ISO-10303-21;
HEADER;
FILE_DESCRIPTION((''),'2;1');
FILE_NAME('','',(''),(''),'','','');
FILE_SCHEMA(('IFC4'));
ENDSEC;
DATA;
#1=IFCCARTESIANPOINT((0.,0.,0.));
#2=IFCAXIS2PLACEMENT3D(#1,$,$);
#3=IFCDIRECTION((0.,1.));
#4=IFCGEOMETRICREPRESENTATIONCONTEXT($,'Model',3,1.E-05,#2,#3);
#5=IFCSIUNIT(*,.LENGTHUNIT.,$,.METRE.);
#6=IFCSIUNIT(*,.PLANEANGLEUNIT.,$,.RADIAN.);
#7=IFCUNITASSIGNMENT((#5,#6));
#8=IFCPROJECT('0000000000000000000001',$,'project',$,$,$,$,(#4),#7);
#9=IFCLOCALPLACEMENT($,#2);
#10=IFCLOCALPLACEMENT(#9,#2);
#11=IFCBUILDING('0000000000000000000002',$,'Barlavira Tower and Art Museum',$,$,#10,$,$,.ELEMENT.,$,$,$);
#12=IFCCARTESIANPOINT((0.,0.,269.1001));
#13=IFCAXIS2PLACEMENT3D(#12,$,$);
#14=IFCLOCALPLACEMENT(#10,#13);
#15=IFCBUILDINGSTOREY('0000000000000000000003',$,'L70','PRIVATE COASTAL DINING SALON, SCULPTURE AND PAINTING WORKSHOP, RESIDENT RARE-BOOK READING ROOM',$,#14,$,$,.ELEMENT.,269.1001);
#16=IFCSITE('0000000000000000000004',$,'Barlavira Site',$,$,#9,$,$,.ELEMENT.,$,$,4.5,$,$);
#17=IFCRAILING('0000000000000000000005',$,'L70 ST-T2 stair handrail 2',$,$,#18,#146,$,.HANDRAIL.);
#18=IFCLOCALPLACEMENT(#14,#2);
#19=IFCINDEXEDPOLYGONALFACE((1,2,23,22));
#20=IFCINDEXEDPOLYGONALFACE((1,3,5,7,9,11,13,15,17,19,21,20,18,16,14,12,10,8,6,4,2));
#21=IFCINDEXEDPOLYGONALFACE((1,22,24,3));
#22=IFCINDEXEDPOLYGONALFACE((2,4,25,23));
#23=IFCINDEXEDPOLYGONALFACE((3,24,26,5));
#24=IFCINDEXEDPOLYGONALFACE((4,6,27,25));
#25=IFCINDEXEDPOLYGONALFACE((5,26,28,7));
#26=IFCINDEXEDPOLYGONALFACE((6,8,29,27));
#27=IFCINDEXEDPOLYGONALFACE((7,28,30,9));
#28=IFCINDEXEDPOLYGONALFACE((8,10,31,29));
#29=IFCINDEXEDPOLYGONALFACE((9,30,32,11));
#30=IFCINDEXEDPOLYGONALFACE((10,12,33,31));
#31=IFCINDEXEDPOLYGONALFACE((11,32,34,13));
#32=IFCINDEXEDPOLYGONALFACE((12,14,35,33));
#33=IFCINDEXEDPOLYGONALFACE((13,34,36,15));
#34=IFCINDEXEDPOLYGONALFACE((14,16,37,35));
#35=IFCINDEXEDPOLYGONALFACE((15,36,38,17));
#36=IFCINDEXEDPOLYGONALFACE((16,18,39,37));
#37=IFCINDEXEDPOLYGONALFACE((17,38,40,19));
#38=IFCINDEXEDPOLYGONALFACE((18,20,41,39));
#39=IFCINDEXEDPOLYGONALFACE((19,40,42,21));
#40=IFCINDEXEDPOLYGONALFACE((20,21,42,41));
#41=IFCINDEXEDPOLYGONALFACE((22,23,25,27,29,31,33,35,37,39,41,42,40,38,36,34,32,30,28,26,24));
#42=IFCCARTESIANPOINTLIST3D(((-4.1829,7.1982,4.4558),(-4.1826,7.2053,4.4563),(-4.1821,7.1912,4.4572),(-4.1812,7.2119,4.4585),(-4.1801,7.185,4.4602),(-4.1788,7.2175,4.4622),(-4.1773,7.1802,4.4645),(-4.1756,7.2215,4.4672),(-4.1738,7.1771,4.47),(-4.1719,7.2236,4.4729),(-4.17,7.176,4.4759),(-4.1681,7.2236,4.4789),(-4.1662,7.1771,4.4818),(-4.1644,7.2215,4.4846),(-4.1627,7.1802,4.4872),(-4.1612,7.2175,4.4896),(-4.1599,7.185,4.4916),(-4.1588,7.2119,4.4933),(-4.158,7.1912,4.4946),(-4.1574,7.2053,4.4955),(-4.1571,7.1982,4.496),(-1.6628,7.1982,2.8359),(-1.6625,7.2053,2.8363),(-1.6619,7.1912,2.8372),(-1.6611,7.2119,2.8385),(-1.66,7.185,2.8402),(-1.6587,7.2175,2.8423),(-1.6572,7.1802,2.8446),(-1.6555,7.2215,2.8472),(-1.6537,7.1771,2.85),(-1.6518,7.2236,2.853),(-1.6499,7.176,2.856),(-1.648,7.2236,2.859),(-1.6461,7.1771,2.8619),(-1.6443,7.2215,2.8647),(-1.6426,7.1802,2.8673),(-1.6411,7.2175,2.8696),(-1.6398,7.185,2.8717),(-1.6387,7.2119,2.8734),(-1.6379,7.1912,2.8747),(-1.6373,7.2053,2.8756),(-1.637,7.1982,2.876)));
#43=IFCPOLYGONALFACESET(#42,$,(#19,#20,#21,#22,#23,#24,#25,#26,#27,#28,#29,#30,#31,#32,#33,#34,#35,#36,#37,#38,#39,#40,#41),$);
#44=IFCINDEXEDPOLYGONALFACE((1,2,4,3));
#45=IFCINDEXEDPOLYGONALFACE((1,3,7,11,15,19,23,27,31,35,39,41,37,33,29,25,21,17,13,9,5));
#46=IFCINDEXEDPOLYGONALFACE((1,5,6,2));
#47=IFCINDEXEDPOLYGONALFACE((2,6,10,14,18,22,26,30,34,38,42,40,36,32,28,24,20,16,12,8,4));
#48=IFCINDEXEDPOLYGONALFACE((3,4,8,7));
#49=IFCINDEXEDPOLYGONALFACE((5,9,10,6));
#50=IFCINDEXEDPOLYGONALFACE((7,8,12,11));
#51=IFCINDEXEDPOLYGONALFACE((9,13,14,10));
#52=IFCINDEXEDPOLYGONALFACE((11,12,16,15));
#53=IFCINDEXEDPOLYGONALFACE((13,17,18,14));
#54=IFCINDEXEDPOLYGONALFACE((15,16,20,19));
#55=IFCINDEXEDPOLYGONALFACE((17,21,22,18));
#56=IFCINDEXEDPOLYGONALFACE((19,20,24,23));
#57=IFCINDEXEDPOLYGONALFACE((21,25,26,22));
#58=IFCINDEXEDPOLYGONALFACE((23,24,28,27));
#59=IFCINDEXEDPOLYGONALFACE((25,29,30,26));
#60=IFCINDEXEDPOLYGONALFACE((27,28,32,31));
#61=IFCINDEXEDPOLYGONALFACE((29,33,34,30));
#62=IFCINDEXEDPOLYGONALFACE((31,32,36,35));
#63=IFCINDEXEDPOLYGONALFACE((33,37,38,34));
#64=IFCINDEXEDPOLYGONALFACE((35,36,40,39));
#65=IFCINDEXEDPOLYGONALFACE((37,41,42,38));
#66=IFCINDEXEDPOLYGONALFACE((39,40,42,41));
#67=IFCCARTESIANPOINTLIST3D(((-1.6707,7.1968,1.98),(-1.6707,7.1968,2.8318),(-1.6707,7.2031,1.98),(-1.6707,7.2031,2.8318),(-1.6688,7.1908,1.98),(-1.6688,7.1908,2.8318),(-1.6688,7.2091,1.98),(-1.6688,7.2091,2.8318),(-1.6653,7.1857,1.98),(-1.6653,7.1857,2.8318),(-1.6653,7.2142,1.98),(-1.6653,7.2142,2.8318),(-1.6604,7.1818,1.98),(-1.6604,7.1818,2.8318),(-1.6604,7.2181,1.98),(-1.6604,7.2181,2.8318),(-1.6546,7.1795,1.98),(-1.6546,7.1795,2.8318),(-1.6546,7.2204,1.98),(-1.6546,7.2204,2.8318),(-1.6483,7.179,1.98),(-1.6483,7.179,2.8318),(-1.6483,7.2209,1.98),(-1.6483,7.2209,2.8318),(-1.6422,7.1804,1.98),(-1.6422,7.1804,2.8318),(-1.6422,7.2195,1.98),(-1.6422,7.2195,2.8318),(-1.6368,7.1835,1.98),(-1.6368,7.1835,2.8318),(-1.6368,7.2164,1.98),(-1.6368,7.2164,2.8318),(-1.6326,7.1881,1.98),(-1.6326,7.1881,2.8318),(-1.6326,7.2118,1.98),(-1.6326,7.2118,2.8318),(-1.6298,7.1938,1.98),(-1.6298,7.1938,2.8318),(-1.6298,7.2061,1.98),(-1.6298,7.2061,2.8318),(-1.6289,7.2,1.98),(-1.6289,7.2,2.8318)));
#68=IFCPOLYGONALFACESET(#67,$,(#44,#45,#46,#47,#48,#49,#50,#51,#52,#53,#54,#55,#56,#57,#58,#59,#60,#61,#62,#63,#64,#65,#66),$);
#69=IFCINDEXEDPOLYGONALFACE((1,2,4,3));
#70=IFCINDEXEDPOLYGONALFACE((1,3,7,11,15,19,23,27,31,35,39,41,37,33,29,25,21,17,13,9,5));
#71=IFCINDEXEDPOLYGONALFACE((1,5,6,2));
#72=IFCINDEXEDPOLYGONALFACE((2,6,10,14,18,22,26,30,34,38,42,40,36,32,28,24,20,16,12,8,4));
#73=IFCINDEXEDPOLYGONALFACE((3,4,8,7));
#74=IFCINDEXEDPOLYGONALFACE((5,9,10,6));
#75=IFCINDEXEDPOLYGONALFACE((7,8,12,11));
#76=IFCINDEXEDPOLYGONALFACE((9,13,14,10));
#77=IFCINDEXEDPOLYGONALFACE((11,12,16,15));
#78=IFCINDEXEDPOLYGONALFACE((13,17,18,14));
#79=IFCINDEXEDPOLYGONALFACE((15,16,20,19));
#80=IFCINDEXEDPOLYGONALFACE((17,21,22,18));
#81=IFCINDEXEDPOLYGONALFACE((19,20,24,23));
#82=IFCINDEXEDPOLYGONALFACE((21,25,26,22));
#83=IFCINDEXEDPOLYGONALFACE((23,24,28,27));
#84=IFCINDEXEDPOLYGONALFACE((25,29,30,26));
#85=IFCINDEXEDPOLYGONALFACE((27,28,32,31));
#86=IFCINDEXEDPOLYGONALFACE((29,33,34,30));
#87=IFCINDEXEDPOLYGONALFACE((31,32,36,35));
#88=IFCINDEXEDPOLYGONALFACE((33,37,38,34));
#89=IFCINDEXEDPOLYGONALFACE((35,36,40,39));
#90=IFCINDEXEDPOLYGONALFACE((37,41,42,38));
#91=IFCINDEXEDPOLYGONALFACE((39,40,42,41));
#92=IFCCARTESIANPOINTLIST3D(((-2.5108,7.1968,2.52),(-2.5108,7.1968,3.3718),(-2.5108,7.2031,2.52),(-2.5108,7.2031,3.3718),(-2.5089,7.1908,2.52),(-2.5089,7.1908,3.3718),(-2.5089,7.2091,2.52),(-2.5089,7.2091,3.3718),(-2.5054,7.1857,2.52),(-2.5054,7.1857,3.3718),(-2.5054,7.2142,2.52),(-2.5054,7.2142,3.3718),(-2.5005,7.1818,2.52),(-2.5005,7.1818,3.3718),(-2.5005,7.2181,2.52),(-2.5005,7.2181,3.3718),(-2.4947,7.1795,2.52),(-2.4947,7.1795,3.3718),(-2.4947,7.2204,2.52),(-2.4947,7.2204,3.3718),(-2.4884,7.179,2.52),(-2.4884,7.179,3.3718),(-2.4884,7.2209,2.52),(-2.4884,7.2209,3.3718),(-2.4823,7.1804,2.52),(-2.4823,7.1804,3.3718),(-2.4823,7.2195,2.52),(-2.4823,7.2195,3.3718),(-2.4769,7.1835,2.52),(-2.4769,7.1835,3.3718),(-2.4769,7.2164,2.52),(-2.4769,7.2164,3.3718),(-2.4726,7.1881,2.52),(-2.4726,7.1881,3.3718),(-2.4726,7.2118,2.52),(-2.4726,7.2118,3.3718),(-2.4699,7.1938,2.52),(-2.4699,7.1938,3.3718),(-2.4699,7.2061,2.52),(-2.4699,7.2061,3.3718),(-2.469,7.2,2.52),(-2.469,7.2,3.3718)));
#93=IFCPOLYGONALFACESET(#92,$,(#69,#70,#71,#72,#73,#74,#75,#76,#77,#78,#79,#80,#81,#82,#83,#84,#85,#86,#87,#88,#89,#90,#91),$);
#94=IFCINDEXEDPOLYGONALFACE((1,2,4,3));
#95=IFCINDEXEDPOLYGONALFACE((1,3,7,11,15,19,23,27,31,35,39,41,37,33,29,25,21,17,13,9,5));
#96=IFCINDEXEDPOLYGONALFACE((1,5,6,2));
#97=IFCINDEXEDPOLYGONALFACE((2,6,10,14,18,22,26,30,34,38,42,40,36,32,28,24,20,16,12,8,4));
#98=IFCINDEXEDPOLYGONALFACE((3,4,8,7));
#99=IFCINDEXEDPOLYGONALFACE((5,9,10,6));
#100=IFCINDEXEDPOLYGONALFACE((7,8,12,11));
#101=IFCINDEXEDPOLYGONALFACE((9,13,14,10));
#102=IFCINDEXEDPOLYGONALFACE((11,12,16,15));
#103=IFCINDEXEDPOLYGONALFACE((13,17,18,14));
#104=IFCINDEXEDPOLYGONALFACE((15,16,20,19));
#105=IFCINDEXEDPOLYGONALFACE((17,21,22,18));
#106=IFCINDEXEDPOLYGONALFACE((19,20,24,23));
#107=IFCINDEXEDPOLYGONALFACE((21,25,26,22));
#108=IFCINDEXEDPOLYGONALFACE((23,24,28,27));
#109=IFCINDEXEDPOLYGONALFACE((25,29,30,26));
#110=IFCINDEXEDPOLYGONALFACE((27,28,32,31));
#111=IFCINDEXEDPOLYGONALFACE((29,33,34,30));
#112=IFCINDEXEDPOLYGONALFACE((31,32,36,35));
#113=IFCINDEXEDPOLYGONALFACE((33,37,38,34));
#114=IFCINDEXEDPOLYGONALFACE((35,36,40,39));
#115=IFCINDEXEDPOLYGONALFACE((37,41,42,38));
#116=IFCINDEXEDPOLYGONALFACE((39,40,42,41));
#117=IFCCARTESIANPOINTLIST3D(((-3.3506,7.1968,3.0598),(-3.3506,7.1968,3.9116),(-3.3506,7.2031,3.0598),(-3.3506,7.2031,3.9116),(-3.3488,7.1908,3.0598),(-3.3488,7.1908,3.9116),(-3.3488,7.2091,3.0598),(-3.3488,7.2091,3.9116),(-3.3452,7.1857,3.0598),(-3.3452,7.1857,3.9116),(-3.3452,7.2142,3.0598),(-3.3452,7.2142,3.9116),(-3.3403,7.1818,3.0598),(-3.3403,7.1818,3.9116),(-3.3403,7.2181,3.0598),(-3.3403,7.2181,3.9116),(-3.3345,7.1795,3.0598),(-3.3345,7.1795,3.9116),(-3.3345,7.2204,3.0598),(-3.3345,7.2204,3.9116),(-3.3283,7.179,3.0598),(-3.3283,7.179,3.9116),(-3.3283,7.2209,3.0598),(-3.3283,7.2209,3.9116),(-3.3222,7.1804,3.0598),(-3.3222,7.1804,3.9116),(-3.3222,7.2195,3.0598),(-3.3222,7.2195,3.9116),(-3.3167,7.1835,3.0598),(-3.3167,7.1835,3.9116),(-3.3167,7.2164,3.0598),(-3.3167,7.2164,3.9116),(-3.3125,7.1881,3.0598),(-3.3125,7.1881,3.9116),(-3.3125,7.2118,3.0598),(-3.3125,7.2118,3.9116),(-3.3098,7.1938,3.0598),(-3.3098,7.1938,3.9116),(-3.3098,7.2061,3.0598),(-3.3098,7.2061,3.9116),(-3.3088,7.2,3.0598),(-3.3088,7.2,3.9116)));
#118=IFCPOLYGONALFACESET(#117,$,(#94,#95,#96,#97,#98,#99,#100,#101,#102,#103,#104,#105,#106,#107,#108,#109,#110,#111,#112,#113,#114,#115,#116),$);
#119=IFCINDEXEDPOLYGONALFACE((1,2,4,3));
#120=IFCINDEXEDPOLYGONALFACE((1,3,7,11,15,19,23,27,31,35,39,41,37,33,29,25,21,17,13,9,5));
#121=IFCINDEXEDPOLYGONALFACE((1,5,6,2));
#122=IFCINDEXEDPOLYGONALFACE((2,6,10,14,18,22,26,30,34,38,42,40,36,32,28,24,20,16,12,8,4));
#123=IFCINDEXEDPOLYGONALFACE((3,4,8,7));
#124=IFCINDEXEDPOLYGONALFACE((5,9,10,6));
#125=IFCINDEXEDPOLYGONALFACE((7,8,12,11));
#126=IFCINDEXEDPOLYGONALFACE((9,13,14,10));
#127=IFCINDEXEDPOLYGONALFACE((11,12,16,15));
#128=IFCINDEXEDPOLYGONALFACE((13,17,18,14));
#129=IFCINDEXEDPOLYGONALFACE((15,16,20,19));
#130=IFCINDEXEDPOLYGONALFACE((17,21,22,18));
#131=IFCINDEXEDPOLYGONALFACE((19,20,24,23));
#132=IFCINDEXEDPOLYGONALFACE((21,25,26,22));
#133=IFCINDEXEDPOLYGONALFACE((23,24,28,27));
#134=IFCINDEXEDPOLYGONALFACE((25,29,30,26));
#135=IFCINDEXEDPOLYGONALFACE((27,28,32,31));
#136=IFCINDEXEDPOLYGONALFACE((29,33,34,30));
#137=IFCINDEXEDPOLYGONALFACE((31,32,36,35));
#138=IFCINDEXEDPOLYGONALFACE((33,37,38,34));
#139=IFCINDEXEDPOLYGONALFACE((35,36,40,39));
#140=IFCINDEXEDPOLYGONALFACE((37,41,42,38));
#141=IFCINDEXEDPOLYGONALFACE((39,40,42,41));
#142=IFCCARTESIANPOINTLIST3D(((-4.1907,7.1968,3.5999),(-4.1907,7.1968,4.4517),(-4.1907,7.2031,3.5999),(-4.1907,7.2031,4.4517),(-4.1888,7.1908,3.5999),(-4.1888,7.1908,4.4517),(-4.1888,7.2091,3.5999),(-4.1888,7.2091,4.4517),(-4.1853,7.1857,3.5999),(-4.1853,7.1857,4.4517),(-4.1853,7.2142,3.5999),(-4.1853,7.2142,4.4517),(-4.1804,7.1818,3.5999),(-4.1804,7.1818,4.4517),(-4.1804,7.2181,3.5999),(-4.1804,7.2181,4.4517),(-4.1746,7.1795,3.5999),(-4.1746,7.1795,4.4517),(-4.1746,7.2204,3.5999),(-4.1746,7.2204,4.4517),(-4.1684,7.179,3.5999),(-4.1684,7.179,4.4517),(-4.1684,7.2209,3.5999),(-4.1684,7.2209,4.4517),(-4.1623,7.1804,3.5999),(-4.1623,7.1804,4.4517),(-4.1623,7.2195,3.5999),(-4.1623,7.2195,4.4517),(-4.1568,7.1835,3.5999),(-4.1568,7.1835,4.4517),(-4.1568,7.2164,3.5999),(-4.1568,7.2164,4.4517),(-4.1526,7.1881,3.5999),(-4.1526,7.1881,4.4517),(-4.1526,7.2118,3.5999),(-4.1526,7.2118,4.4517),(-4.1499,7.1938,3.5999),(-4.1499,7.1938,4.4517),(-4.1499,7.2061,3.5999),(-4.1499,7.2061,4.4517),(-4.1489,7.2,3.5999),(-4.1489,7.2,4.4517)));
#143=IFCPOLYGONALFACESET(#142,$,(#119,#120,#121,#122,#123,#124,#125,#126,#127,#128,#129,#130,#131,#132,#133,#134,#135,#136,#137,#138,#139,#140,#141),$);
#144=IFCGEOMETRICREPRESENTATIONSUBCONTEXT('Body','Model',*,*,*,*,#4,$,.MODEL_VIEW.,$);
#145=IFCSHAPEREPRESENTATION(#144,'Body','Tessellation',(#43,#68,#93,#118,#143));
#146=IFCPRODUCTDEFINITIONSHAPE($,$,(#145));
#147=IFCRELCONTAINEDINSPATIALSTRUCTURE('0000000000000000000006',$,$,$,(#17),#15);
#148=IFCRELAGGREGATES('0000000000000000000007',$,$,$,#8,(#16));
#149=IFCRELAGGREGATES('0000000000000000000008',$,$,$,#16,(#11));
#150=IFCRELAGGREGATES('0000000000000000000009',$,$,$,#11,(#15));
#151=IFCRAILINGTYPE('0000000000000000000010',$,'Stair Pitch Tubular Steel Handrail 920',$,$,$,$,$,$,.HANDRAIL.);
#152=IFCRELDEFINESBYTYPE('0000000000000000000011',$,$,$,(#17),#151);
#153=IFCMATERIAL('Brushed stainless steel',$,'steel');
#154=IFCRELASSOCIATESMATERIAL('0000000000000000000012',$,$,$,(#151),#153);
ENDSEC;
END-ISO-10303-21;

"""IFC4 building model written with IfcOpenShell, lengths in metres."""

from ifc_helpers import new_model, si_unit, direction, frame, origin, origin_2d, place, context, subcontext, project, spatial, circle, extrude, material, type_object, element, save


model = new_model("IFC4")

# Units and contexts
model_context = context("Model", 3, precision=1e-05, world=origin(), true_north=direction((0.0, 1.0)))
body_context = subcontext(model_context, "Body", "Model", "MODEL_VIEW")
ifc_project = project(units=[si_unit("LENGTHUNIT", "METRE"), si_unit("PLANEANGLEUNIT", "RADIAN")], contexts=[model_context])

# Site, building, storey
site_placement = place(None, origin())
site = spatial("IfcSite", under=ifc_project, at=site_placement, Name="Barlavira Site", CompositionType="ELEMENT", RefElevation=4.5)
building_placement = place(site_placement, origin())
building = spatial("IfcBuilding", under=site, at=building_placement, Name="Barlavira Tower and Art Museum", CompositionType="ELEMENT")
storey_placement = place(building_placement, frame((0.0, 0.0, 269.1001)))
storey = spatial("IfcBuildingStorey", under=building, at=storey_placement, Name="L70", Description="PRIVATE COASTAL DINING SALON, SCULPTURE AND PAINTING WORKSHOP, RESIDENT RARE-BOOK READING ROOM", CompositionType="ELEMENT", Elevation=269.1001)

# Shared definitions
ifc_material_1 = material(Name="Brushed stainless steel", Category="steel")

# Railing
railing_type_1 = type_object("IfcRailingType", Name="Stair Pitch Tubular Steel Handrail 920", PredefinedType="HANDRAIL", material=ifc_material_1)
railing_1_placement = place(storey_placement, frame((-1.6499, 7.2, 1.98)))
element("IfcRailing", 1, at=railing_1_placement, inside=storey, type_object=railing_type_1, Name="L70 ST-T2 stair handrail 2", PredefinedType="HANDRAIL", context=body_context, shape_type="SweptSolid", body=[
    extrude(circle(Radius=0.0239, at=origin_2d()), frame((0.0, 0.0, 0.876), z_axis=(-0.8412, 0.0, 0.540725), x_axis=(0.0, -1.0, 0.0)), (0.0, 0.0, 1.0), 2.9958),
    extrude(circle(Radius=0.021, at=origin_2d()), origin(), (0.0, 0.0, 1.0), 0.8518),
    extrude(circle(Radius=0.021, at=origin_2d()), frame((-0.8401, 0.0, 0.54)), (0.0, 0.0, 1.0), 0.8518),
    extrude(circle(Radius=0.021, at=origin_2d()), frame((-1.6799, 0.0, 1.0798)), (0.0, 0.0, 1.0), 0.8518),
    extrude(circle(Radius=0.021, at=origin_2d()), frame((-2.52, 0.0, 1.6199)), (0.0, 0.0, 1.0), 0.8518),
])

save(model, "model.ifc")
